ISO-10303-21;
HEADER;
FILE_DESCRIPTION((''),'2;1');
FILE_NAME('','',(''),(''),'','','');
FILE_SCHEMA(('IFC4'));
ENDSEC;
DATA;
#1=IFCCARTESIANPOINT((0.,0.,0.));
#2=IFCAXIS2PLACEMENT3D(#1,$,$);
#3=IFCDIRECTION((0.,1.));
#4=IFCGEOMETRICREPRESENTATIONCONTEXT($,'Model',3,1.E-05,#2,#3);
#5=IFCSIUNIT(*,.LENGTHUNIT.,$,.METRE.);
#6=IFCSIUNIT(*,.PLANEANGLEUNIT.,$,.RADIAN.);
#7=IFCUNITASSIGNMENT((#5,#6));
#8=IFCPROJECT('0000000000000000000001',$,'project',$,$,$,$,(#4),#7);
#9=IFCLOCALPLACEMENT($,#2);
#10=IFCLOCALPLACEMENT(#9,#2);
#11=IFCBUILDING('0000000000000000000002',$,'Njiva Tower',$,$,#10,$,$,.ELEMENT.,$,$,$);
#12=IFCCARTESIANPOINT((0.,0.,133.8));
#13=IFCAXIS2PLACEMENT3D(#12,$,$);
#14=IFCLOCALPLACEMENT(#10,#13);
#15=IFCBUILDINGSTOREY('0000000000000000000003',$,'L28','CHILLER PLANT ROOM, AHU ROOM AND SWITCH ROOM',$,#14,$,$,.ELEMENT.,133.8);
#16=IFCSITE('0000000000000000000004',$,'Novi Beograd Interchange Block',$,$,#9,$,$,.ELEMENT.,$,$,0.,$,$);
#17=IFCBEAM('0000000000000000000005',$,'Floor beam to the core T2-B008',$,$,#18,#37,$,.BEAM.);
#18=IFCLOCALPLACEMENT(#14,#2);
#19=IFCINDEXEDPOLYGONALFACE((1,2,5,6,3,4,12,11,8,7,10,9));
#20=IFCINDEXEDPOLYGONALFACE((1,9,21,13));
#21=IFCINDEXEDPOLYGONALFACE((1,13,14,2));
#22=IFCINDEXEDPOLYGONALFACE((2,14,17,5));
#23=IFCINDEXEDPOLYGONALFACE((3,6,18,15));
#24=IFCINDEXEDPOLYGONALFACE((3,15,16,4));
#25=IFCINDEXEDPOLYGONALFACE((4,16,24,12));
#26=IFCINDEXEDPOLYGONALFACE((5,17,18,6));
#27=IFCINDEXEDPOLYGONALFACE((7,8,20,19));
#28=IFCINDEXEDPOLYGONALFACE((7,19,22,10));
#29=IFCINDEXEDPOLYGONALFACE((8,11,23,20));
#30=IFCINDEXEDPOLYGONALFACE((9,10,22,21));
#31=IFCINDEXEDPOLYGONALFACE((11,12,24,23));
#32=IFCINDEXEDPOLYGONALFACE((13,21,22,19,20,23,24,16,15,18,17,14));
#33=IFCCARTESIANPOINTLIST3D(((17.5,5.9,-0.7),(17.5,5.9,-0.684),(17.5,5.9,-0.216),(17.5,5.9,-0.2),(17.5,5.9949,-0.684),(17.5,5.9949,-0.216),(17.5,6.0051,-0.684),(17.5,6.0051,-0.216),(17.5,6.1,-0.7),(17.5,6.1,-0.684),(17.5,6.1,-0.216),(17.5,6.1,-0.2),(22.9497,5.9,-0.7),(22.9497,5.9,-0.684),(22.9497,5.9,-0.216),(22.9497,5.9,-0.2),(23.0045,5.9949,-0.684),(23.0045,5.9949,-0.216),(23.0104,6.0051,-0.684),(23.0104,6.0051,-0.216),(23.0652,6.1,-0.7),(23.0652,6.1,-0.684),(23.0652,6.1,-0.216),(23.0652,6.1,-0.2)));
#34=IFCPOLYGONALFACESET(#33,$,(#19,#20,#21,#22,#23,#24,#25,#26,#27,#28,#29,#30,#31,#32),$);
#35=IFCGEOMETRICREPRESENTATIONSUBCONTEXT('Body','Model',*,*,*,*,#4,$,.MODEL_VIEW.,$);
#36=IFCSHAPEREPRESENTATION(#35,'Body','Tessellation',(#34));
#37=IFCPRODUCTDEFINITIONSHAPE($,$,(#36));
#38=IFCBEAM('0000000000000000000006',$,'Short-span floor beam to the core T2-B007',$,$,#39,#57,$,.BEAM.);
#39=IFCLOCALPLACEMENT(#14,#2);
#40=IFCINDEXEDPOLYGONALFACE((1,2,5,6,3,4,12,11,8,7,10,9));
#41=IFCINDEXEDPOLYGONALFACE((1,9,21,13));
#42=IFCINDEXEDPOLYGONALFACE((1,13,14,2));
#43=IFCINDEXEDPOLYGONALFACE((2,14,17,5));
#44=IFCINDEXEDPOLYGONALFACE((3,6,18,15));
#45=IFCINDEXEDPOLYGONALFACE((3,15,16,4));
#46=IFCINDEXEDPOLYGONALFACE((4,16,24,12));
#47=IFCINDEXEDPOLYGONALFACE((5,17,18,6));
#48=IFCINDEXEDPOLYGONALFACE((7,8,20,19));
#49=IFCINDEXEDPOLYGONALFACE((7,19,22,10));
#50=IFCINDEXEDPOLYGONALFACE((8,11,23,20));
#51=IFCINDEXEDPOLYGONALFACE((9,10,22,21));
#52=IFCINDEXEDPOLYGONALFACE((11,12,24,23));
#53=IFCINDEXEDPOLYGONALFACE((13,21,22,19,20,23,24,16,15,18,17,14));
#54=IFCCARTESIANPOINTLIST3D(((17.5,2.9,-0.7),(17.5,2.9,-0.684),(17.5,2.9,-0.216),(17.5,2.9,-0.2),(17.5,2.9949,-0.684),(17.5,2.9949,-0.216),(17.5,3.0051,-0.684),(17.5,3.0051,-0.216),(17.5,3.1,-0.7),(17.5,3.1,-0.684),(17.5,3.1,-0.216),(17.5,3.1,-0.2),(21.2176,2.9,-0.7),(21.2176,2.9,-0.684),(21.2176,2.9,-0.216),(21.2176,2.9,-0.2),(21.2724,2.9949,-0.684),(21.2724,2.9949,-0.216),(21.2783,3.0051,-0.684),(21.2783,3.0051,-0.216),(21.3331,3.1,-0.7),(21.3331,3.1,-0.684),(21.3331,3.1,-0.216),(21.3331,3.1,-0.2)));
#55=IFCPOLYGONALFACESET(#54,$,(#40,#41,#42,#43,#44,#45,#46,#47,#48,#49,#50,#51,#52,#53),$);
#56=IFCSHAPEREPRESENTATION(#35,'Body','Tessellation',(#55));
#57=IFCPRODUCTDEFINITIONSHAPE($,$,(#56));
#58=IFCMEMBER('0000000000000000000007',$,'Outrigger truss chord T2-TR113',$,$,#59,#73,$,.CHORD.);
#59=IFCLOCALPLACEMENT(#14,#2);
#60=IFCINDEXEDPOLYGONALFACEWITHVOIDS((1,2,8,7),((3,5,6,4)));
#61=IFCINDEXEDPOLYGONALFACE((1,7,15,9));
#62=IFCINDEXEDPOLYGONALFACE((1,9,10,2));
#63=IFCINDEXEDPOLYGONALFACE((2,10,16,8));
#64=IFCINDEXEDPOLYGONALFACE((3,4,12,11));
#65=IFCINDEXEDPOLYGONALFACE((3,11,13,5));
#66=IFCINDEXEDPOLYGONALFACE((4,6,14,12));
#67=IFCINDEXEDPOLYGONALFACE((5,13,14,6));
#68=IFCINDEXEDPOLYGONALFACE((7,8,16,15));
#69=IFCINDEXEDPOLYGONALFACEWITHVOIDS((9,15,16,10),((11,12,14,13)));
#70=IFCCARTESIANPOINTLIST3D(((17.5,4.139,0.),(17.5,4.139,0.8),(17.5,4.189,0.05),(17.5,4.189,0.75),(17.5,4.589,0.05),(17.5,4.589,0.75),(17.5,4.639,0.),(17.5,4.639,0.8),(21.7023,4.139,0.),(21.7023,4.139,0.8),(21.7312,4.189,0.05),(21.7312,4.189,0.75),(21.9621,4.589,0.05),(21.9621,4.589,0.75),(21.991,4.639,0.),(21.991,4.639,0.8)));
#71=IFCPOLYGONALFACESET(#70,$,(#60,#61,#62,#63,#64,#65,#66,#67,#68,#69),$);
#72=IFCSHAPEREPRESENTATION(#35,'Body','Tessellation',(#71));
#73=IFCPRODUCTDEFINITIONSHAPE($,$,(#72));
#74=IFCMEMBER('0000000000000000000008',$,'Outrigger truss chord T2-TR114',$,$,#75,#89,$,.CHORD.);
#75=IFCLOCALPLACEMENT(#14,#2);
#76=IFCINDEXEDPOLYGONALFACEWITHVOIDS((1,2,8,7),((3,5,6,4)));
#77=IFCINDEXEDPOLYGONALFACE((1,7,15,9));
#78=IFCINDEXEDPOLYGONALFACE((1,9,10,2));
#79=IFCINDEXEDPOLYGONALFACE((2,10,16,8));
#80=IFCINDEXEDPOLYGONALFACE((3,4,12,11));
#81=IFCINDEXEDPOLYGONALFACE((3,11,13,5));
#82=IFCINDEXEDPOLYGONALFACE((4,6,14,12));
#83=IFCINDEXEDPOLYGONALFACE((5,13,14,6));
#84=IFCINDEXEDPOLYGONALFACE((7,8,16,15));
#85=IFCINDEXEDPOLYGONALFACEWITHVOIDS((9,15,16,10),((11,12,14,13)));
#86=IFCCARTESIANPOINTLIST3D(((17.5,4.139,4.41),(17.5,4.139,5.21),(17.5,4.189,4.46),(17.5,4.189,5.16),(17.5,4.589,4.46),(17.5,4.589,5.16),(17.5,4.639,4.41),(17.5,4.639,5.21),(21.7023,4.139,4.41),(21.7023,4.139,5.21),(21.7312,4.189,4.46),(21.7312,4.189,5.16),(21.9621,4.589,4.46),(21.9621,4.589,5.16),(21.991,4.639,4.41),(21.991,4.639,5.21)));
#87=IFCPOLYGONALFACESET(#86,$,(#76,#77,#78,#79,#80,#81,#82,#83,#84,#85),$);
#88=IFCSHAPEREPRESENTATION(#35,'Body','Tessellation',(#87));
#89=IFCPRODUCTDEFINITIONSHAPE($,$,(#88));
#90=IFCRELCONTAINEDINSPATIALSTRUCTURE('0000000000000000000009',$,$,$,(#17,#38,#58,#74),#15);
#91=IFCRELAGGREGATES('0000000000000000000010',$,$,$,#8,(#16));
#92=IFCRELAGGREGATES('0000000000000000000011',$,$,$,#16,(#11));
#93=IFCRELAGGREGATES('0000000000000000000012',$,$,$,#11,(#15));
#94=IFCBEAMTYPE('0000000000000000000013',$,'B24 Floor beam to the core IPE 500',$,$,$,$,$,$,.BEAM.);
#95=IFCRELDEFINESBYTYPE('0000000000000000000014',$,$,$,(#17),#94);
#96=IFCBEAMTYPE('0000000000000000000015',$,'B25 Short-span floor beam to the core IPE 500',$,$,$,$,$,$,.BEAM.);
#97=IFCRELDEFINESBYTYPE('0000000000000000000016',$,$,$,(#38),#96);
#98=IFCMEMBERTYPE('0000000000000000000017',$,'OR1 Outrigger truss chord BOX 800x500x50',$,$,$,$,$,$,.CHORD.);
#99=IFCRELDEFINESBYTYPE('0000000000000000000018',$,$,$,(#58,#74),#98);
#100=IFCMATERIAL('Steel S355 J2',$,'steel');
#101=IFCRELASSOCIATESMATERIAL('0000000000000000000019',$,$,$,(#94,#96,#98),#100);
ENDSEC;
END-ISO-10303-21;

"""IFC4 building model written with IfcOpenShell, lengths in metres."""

from ifc_helpers import new_model, si_unit, direction, frame, origin, origin_2d, place, context, subcontext, project, spatial, hollow_rectangle, i_section, extrude, clip, halfspace, material, material_profile, profile_set, type_object, element, save


model = new_model("IFC4")

# Units and contexts
model_context = context("Model", 3, precision=1e-05, world=origin(), true_north=direction((0.0, 1.0)))
body_context = subcontext(model_context, "Body", "Model", "MODEL_VIEW")
ifc_project = project(units=[si_unit("LENGTHUNIT", "METRE"), si_unit("PLANEANGLEUNIT", "RADIAN")], contexts=[model_context])

# Site, building, storey
site_placement = place(None, origin())
site = spatial("IfcSite", under=ifc_project, at=site_placement, Name="Novi Beograd Interchange Block", CompositionType="ELEMENT", RefElevation=0.0)
building_placement = place(site_placement, origin())
building = spatial("IfcBuilding", under=site, at=building_placement, Name="Njiva Tower", CompositionType="ELEMENT")
storey_placement = place(building_placement, frame((0.0, 0.0, 133.8)))
storey = spatial("IfcBuildingStorey", under=building, at=storey_placement, Name="L28", Description="CHILLER PLANT ROOM, AHU ROOM AND SWITCH ROOM", CompositionType="ELEMENT", Elevation=133.8)

# Beams
ifc_material_1 = material(Name="Steel S355 J2", Category="steel")
ifc_material_profile_1 = material_profile(ifc_material_1, i_section(OverallWidth=0.2, OverallDepth=0.5, WebThickness=0.0102, FlangeThickness=0.016, at=origin_2d()), Name="IPE 500")
ifc_profile_set_1 = profile_set([ifc_material_profile_1], Name="Steel S355 J2")
beam_type_1 = type_object("IfcBeamType", Name="B24 Floor beam to the core IPE 500", PredefinedType="BEAM", material=ifc_profile_set_1)
beam_1_placement = place(storey_placement, frame((17.5, 6.0, -0.45), z_axis=(1.0, 0.0, 0.0), x_axis=(0.0, 1.0, 0.0)))
element("IfcBeam", 1, at=beam_1_placement, inside=storey, type_object=beam_type_1, Name="Floor beam to the core T2-B008", PredefinedType="BEAM", context=body_context, shape_type="Clipping", body=[
    clip(extrude(i_section(OverallWidth=0.2, OverallDepth=0.5, WebThickness=0.0102, FlangeThickness=0.016, at=origin_2d()), origin(), (0.0, 0.0, 1.0), 5.585), halfspace(frame((-0.025, 0.0, 5.493), z_axis=(-0.499998, 0.0, 0.866027), x_axis=(0.0, 1.0, 0.0)), False)),
])
ifc_material_profile_2 = material_profile(ifc_material_1, i_section(OverallWidth=0.2, OverallDepth=0.5, WebThickness=0.0102, FlangeThickness=0.016, at=origin_2d()), Name="IPE 500")
ifc_profile_set_2 = profile_set([ifc_material_profile_2], Name="Steel S355 J2")
beam_type_2 = type_object("IfcBeamType", Name="B25 Short-span floor beam to the core IPE 500", PredefinedType="BEAM", material=ifc_profile_set_2)
beam_2_placement = place(storey_placement, frame((17.5, 3.0, -0.45), z_axis=(1.0, 0.0, 0.0), x_axis=(0.0, 1.0, 0.0)))
element("IfcBeam", 2, at=beam_2_placement, inside=storey, type_object=beam_type_2, Name="Short-span floor beam to the core T2-B007", PredefinedType="BEAM", context=body_context, shape_type="Clipping", body=[
    clip(extrude(i_section(OverallWidth=0.2, OverallDepth=0.5, WebThickness=0.0102, FlangeThickness=0.016, at=origin_2d()), origin(), (0.0, 0.0, 1.0), 3.853), halfspace(frame((-0.025, 0.0, 3.7609), z_axis=(-0.499998, 0.0, 0.866027), x_axis=(0.0, 1.0, 0.0)), False)),
])

# Members
ifc_material_profile_3 = material_profile(ifc_material_1, hollow_rectangle(XDim=0.5, YDim=0.8, WallThickness=0.05, at=origin_2d()), Name="BOX 800x500x50")
ifc_profile_set_3 = profile_set([ifc_material_profile_3], Name="Steel S355 J2")
member_type_1 = type_object("IfcMemberType", Name="OR1 Outrigger truss chord BOX 800x500x50", PredefinedType="CHORD", material=ifc_profile_set_3)
for number, where, z_axis, x_axis, name in (
    (3, (17.5, 4.389, 0.4), (1.0, 0.0, 0.0), (0.0, 1.0, 0.0), "Outrigger truss chord T2-TR113"),
    (4, (17.5, 4.389, 4.81), (1.0, 0.0, 0.0), (0.0, 1.0, 0.0), "Outrigger truss chord T2-TR114"),
):
    element("IfcMember", number, at=place(storey_placement, frame(where, z_axis=z_axis, x_axis=x_axis)), inside=storey, type_object=member_type_1, Name=name, PredefinedType="CHORD", context=body_context, shape_type="Clipping", body=[
        clip(extrude(hollow_rectangle(XDim=0.5, YDim=0.8, WallThickness=0.05, at=origin_2d()), origin(), (0.0, 0.0, 1.0), 4.867), halfspace(frame((-0.025, 0.0, 4.3322), z_axis=(-0.499998, 0.0, 0.866027), x_axis=(0.0, 1.0, 0.0)), False)),
    ])

save(model, "model.ifc")
